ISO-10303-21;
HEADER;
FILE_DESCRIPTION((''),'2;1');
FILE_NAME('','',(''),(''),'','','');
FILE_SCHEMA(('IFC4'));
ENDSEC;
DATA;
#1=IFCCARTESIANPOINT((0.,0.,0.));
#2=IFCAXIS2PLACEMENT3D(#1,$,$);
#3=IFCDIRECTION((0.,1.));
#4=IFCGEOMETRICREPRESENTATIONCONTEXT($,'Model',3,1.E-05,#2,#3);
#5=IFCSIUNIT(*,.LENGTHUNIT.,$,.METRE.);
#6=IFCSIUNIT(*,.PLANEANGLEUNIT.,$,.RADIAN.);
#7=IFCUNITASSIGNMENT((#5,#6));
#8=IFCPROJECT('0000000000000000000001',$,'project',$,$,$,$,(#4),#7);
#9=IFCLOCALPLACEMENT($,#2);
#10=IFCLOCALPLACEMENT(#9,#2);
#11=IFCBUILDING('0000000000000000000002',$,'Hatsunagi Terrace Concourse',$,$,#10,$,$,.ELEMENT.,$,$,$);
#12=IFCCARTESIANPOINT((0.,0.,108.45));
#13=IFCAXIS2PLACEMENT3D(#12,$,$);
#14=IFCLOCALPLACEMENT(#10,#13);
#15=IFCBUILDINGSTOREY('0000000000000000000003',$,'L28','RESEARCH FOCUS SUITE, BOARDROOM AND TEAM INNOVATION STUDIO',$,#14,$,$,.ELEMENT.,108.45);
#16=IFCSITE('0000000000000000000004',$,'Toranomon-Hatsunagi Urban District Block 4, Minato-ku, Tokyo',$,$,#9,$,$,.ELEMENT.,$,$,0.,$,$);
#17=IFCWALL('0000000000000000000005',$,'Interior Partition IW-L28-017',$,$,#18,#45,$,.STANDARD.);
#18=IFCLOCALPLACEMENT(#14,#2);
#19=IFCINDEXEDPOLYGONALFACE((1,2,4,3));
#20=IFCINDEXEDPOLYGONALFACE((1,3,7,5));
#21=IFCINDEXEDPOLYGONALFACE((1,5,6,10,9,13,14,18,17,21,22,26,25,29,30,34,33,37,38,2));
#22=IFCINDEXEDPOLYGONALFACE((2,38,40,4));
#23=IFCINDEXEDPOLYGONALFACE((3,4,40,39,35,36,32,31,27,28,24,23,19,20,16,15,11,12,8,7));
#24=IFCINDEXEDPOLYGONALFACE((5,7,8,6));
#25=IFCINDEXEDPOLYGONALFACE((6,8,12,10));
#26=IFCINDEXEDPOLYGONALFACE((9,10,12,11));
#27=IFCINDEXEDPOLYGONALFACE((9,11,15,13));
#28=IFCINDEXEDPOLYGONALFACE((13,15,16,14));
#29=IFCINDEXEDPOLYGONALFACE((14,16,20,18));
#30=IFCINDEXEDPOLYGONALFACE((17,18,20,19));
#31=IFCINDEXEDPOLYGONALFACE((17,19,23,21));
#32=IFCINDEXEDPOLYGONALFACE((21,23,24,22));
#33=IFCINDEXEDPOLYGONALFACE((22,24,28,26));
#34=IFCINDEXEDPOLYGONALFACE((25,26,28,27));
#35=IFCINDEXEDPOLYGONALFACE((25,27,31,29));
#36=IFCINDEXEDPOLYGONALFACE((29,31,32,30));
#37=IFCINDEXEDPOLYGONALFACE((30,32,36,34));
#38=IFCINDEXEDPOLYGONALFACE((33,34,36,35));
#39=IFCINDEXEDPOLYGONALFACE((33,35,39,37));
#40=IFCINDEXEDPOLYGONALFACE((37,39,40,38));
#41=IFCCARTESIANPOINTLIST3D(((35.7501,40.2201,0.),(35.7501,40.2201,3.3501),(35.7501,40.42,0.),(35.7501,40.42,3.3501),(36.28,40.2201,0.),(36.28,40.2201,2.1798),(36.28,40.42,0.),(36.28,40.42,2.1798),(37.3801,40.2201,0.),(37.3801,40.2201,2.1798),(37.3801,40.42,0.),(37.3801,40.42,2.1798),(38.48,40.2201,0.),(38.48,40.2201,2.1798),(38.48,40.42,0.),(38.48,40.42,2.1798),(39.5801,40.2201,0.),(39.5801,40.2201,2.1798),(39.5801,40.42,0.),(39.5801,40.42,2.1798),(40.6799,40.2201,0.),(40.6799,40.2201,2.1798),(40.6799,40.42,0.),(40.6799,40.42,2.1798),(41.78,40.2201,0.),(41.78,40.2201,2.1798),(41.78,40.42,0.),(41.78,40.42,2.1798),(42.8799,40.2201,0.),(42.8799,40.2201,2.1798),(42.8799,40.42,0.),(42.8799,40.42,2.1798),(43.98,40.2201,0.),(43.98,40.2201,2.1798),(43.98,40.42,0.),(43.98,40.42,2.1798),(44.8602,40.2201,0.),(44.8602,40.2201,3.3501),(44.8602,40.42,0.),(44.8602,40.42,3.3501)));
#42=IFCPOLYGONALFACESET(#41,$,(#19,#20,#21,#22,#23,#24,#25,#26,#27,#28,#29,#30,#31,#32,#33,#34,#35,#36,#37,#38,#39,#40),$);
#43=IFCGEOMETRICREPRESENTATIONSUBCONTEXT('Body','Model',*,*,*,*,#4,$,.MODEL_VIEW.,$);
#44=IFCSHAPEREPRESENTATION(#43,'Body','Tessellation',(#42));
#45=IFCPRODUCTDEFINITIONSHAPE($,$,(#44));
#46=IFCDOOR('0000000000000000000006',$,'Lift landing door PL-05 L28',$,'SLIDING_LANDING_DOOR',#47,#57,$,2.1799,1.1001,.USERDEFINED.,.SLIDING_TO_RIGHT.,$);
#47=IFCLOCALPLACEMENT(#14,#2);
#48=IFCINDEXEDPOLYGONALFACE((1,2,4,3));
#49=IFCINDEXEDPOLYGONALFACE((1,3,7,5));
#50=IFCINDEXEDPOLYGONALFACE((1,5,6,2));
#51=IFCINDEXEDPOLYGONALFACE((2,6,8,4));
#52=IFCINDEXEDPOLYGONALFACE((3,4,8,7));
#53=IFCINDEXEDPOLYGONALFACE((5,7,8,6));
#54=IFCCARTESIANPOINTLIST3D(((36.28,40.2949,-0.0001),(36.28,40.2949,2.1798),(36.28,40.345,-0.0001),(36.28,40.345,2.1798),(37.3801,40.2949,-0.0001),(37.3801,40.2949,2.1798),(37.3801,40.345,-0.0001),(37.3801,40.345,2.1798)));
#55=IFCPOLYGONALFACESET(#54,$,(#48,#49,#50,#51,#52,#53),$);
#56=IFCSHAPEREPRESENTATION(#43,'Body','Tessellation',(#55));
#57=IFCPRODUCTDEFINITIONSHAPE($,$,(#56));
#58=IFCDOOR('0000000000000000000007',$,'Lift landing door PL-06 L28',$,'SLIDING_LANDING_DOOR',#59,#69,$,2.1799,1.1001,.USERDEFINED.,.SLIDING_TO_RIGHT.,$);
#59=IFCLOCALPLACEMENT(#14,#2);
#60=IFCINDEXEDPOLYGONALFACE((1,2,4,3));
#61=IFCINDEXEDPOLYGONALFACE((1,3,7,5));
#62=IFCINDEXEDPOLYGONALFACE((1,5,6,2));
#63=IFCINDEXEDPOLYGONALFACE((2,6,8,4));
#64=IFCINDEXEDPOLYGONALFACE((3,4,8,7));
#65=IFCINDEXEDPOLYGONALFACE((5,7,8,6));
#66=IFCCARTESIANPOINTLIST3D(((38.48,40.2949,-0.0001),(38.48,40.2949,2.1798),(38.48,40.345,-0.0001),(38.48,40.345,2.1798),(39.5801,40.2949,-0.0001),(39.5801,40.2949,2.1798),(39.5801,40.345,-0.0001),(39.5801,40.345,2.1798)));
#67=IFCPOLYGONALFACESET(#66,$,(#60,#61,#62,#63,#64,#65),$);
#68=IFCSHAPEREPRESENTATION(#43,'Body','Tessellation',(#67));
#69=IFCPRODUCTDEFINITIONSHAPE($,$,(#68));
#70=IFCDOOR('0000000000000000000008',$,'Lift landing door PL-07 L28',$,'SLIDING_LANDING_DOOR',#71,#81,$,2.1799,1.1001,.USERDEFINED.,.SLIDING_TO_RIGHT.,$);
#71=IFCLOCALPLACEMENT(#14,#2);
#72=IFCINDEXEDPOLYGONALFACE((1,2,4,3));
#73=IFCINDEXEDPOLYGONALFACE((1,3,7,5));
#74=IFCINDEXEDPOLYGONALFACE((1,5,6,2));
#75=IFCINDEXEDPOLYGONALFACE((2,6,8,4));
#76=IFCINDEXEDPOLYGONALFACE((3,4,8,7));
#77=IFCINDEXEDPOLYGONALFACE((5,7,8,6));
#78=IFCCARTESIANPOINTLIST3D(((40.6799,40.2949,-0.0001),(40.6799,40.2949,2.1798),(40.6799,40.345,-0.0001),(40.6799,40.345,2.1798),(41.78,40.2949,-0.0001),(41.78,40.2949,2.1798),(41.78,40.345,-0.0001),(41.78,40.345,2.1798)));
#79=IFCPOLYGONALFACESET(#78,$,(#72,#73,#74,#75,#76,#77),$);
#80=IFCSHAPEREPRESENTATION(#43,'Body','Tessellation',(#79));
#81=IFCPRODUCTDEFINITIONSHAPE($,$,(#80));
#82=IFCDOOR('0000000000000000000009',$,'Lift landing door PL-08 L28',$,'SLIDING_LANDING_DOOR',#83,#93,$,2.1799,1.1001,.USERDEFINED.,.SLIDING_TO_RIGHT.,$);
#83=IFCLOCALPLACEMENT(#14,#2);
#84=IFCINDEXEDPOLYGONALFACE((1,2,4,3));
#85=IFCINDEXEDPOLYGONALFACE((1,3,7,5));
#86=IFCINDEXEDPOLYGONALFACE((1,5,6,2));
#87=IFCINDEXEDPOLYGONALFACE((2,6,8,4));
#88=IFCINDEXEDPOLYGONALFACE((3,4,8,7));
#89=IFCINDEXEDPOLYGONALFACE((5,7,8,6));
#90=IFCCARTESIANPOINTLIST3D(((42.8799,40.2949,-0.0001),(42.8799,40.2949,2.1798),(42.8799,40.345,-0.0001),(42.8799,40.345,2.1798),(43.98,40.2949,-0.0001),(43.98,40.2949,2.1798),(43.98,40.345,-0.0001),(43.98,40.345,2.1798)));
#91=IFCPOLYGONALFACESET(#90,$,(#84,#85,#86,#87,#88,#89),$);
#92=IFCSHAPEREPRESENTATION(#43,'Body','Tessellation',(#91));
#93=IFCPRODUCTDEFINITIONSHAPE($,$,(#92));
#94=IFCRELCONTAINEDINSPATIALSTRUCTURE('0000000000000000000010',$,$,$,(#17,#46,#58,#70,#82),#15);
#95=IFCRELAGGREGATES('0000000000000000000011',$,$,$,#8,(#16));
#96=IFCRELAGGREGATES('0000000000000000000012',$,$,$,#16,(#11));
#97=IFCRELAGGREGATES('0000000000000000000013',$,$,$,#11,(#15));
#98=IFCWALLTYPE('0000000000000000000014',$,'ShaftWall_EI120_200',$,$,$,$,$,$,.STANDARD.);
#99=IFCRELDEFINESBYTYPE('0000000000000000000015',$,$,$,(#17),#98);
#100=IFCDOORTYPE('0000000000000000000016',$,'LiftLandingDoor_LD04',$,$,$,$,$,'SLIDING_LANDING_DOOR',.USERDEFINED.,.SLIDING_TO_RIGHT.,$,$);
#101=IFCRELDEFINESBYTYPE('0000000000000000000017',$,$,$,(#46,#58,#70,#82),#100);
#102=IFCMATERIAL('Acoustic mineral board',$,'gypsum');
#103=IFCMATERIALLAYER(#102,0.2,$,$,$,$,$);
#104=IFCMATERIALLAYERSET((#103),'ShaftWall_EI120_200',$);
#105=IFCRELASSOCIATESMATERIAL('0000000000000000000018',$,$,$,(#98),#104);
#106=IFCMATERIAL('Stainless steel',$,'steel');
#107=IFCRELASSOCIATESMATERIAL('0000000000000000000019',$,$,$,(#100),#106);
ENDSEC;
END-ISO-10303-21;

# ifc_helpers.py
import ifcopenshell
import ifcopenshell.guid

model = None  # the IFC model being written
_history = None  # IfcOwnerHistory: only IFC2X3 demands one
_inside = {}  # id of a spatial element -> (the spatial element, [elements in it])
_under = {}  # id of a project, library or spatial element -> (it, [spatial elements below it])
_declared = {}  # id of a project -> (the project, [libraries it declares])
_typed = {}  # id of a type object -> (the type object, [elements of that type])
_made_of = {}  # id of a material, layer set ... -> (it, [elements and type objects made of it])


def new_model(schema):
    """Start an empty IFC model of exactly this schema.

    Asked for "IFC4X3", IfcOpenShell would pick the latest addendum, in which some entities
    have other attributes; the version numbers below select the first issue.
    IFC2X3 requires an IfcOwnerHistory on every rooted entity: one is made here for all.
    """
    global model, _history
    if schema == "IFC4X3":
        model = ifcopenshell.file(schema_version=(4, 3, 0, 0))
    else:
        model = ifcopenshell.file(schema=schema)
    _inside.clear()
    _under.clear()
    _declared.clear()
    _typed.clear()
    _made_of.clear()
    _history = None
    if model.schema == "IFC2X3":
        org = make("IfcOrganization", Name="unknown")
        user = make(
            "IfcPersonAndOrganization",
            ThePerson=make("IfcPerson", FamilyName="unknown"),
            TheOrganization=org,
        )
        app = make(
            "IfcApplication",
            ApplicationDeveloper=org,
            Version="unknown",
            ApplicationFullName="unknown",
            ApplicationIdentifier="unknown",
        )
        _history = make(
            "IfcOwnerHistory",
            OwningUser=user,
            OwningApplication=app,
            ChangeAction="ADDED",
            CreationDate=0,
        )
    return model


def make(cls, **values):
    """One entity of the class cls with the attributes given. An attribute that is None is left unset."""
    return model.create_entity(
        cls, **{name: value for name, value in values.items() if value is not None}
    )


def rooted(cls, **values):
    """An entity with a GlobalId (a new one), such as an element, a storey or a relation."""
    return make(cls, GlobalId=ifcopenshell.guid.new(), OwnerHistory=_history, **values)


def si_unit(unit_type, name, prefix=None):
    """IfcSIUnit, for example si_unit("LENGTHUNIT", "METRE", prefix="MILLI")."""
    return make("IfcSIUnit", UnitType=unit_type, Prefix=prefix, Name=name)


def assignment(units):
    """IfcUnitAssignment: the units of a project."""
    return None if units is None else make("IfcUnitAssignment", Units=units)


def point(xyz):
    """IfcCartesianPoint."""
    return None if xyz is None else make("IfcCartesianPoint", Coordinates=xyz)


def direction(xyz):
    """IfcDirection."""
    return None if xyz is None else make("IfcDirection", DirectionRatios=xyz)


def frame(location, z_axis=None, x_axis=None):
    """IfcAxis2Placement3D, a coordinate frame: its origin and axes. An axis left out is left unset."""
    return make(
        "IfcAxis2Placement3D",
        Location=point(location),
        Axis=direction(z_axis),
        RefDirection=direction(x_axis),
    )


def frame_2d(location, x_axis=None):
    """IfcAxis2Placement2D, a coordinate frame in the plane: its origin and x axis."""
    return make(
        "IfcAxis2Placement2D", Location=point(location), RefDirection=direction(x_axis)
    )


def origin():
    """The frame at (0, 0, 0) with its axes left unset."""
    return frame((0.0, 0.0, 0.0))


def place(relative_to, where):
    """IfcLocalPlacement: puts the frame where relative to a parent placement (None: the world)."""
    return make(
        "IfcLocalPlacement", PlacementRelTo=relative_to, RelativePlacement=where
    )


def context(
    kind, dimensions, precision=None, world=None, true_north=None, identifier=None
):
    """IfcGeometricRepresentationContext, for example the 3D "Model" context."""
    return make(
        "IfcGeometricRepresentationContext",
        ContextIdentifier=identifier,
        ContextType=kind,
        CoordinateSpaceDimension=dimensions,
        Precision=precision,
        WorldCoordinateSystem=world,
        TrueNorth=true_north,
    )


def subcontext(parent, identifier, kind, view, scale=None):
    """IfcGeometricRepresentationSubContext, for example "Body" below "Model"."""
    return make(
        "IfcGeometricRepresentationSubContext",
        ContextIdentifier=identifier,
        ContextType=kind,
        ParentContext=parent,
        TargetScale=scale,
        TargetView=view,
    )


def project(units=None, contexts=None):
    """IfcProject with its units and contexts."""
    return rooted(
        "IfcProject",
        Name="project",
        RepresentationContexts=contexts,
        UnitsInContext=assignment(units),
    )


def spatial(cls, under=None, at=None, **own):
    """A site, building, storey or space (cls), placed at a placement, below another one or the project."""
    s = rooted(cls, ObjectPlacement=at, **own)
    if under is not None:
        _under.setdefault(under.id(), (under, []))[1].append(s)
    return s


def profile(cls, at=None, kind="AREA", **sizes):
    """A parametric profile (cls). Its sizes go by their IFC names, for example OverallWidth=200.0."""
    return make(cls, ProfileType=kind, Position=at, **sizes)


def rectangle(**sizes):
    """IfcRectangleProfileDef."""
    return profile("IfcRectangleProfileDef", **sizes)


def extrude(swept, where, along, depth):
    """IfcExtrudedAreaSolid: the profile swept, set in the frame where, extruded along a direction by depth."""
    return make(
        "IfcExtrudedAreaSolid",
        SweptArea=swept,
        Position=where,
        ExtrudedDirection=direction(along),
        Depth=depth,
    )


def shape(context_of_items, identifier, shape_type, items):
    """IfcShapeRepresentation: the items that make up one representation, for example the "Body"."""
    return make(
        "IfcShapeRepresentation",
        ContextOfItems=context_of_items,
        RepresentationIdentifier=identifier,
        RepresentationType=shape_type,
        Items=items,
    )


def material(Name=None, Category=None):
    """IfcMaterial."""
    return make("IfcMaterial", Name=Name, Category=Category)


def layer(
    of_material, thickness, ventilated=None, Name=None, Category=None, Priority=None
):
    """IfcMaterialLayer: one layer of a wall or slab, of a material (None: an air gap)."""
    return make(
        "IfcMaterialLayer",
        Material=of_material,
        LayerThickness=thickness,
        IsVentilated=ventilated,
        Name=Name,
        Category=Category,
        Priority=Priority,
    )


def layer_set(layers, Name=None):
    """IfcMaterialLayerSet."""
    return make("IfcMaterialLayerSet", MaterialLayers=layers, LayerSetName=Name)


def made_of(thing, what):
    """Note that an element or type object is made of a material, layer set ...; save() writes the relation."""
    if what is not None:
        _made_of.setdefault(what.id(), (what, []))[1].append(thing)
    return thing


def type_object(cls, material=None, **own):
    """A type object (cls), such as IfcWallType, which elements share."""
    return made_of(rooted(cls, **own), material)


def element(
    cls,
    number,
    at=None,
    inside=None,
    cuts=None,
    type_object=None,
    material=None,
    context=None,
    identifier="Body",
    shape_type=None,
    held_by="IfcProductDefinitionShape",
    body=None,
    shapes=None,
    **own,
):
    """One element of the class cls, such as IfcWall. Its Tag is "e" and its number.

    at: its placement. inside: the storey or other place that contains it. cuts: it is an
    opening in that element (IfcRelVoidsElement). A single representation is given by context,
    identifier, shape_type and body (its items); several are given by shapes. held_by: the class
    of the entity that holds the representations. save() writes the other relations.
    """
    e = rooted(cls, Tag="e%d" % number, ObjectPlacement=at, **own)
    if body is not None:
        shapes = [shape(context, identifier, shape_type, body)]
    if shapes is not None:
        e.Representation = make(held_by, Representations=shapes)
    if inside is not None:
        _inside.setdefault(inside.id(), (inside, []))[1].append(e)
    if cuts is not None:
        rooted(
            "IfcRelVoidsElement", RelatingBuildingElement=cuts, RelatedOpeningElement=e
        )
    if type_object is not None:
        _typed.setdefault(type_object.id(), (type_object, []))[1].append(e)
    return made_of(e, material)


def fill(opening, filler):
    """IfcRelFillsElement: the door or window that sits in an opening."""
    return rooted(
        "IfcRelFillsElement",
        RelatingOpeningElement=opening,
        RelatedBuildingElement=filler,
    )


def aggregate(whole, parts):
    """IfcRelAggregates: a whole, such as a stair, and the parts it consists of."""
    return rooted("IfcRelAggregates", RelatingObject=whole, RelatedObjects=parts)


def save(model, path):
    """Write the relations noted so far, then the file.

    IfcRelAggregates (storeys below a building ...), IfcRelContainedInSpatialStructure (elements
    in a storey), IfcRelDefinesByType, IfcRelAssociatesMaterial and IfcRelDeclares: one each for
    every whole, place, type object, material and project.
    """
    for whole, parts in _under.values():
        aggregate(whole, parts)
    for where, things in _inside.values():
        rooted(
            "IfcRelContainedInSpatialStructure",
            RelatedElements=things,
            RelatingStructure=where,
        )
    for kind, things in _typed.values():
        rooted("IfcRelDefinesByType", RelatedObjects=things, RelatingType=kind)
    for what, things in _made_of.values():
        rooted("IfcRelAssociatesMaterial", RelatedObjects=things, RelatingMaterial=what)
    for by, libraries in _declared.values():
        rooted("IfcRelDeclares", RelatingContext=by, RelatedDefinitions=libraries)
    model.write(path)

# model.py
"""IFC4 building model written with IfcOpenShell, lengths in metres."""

from ifc_helpers import new_model, si_unit, direction, frame, frame_2d, origin, place, context, subcontext, project, spatial, rectangle, extrude, material, layer, layer_set, type_object, element, fill, save


model = new_model("IFC4")

# Units and contexts
model_context = context("Model", 3, precision=1e-05, world=origin(), true_north=direction((0.0, 1.0)))
body_context = subcontext(model_context, "Body", "Model", "MODEL_VIEW")
ifc_project = project(units=[si_unit("LENGTHUNIT", "METRE"), si_unit("PLANEANGLEUNIT", "RADIAN")], contexts=[model_context])

# Site, building, storey
site_placement = place(None, origin())
site = spatial("IfcSite", under=ifc_project, at=site_placement, Name="Toranomon-Hatsunagi Urban District Block 4, Minato-ku, Tokyo", CompositionType="ELEMENT", RefElevation=0.0)
building_placement = place(site_placement, origin())
building = spatial("IfcBuilding", under=site, at=building_placement, Name="Hatsunagi Terrace Concourse", CompositionType="ELEMENT")
storey_placement = place(building_placement, frame((0.0, 0.0, 108.45)))
storey = spatial("IfcBuildingStorey", under=building, at=storey_placement, Name="L28", Description="RESEARCH FOCUS SUITE, BOARDROOM AND TEAM INNOVATION STUDIO", CompositionType="ELEMENT", Elevation=108.45)

# Shared definitions
ifc_material_1 = material(Name="Acoustic mineral board", Category="gypsum")
ifc_layer_1 = layer(ifc_material_1, 0.2)
ifc_layer_set_1 = layer_set([ifc_layer_1], Name="ShaftWall_EI120_200")
wall_type_1 = type_object("IfcWallType", Name="ShaftWall_EI120_200", PredefinedType="STANDARD", material=ifc_layer_set_1)

# Wall, openings, doors
wall_1_placement = place(storey_placement, frame((35.75, 40.3201, 0.0), z_axis=(0.0, 0.0, 1.0), x_axis=(1.0, 0.0, 0.0)))
wall_1 = element("IfcWall", 1, at=wall_1_placement, inside=storey, type_object=wall_type_1, Name="Interior Partition IW-L28-017", PredefinedType="STANDARD", context=body_context, shape_type="SweptSolid", body=[
    extrude(rectangle(XDim=9.1101, YDim=0.2, at=frame_2d((4.5552, 0.0))), origin(), (0.0, 0.0, 1.0), 3.3501),
])
opening_1_placement = place(wall_1_placement, frame((0.53, 0.0, 0.0)))
opening_1 = element("IfcOpeningElement", 2, at=opening_1_placement, cuts=wall_1, PredefinedType="OPENING", context=body_context, shape_type="SweptSolid", body=[
    extrude(rectangle(XDim=1.1001, YDim=2.1799, at=frame_2d((0.55, 1.0898))), frame((0.0, 0.1099, 0.0), z_axis=(0.0, -1.0, 0.0), x_axis=(1.0, 0.0, 0.0)), (0.0, 0.0, 1.0), 0.22),
])
opening_2_placement = place(wall_1_placement, frame((2.73, 0.0, 0.0)))
opening_2 = element("IfcOpeningElement", 3, at=opening_2_placement, cuts=wall_1, PredefinedType="OPENING", context=body_context, shape_type="SweptSolid", body=[
    extrude(rectangle(XDim=1.1001, YDim=2.1799, at=frame_2d((0.55, 1.0898))), frame((0.0, 0.1099, 0.0), z_axis=(0.0, -1.0, 0.0), x_axis=(1.0, 0.0, 0.0)), (0.0, 0.0, 1.0), 0.22),
])
opening_3_placement = place(wall_1_placement, frame((4.9299, 0.0, 0.0)))
opening_3 = element("IfcOpeningElement", 4, at=opening_3_placement, cuts=wall_1, PredefinedType="OPENING", context=body_context, shape_type="SweptSolid", body=[
    extrude(rectangle(XDim=1.1001, YDim=2.1799, at=frame_2d((0.55, 1.0898))), frame((0.0, 0.1099, 0.0), z_axis=(0.0, -1.0, 0.0), x_axis=(1.0, 0.0, 0.0)), (0.0, 0.0, 1.0), 0.22),
])
opening_4_placement = place(wall_1_placement, frame((7.1299, 0.0, 0.0)))
opening_4 = element("IfcOpeningElement", 5, at=opening_4_placement, cuts=wall_1, PredefinedType="OPENING", context=body_context, shape_type="SweptSolid", body=[
    extrude(rectangle(XDim=1.1001, YDim=2.1799, at=frame_2d((0.55, 1.0898))), frame((0.0, 0.1099, 0.0), z_axis=(0.0, -1.0, 0.0), x_axis=(1.0, 0.0, 0.0)), (0.0, 0.0, 1.0), 0.22),
])
ifc_material_2 = material(Name="Stainless steel", Category="steel")
door_type_1 = type_object("IfcDoorType", Name="LiftLandingDoor_LD04", ElementType="SLIDING_LANDING_DOOR", OperationType="SLIDING_TO_RIGHT", PredefinedType="USERDEFINED", material=ifc_material_2)
door_1_placement = place(opening_1_placement, origin())
door_1 = element("IfcDoor", 6, at=door_1_placement, inside=storey, type_object=door_type_1, Name="Lift landing door PL-05 L28", ObjectType="SLIDING_LANDING_DOOR", OperationType="SLIDING_TO_RIGHT", OverallHeight=2.1799, OverallWidth=1.1001, PredefinedType="USERDEFINED", context=body_context, shape_type="SweptSolid", body=[
    extrude(rectangle(XDim=1.1001, YDim=2.1799, at=frame_2d((0.55, 1.0898))), frame((0.0, 0.0249, 0.0), z_axis=(0.0, -1.0, 0.0), x_axis=(1.0, 0.0, 0.0)), (0.0, 0.0, 1.0), 0.05),
])
fill(opening_1, door_1)
door_2_placement = place(opening_2_placement, origin())
door_2 = element("IfcDoor", 7, at=door_2_placement, inside=storey, type_object=door_type_1, Name="Lift landing door PL-06 L28", ObjectType="SLIDING_LANDING_DOOR", OperationType="SLIDING_TO_RIGHT", OverallHeight=2.1799, OverallWidth=1.1001, PredefinedType="USERDEFINED", context=body_context, shape_type="SweptSolid", body=[
    extrude(rectangle(XDim=1.1001, YDim=2.1799, at=frame_2d((0.55, 1.0898))), frame((0.0, 0.0249, 0.0), z_axis=(0.0, -1.0, 0.0), x_axis=(1.0, 0.0, 0.0)), (0.0, 0.0, 1.0), 0.05),
])
fill(opening_2, door_2)
door_3_placement = place(opening_3_placement, origin())
door_3 = element("IfcDoor", 8, at=door_3_placement, inside=storey, type_object=door_type_1, Name="Lift landing door PL-07 L28", ObjectType="SLIDING_LANDING_DOOR", OperationType="SLIDING_TO_RIGHT", OverallHeight=2.1799, OverallWidth=1.1001, PredefinedType="USERDEFINED", context=body_context, shape_type="SweptSolid", body=[
    extrude(rectangle(XDim=1.1001, YDim=2.1799, at=frame_2d((0.55, 1.0898))), frame((0.0, 0.0249, 0.0), z_axis=(0.0, -1.0, 0.0), x_axis=(1.0, 0.0, 0.0)), (0.0, 0.0, 1.0), 0.05),
])
fill(opening_3, door_3)
door_4_placement = place(opening_4_placement, origin())
door_4 = element("IfcDoor", 9, at=door_4_placement, inside=storey, type_object=door_type_1, Name="Lift landing door PL-08 L28", ObjectType="SLIDING_LANDING_DOOR", OperationType="SLIDING_TO_RIGHT", OverallHeight=2.1799, OverallWidth=1.1001, PredefinedType="USERDEFINED", context=body_context, shape_type="SweptSolid", body=[
    extrude(rectangle(XDim=1.1001, YDim=2.1799, at=frame_2d((0.55, 1.0898))), frame((0.0, 0.0249, 0.0), z_axis=(0.0, -1.0, 0.0), x_axis=(1.0, 0.0, 0.0)), (0.0, 0.0, 1.0), 0.05),
])
fill(opening_4, door_4)

save(model, "model.ifc")
